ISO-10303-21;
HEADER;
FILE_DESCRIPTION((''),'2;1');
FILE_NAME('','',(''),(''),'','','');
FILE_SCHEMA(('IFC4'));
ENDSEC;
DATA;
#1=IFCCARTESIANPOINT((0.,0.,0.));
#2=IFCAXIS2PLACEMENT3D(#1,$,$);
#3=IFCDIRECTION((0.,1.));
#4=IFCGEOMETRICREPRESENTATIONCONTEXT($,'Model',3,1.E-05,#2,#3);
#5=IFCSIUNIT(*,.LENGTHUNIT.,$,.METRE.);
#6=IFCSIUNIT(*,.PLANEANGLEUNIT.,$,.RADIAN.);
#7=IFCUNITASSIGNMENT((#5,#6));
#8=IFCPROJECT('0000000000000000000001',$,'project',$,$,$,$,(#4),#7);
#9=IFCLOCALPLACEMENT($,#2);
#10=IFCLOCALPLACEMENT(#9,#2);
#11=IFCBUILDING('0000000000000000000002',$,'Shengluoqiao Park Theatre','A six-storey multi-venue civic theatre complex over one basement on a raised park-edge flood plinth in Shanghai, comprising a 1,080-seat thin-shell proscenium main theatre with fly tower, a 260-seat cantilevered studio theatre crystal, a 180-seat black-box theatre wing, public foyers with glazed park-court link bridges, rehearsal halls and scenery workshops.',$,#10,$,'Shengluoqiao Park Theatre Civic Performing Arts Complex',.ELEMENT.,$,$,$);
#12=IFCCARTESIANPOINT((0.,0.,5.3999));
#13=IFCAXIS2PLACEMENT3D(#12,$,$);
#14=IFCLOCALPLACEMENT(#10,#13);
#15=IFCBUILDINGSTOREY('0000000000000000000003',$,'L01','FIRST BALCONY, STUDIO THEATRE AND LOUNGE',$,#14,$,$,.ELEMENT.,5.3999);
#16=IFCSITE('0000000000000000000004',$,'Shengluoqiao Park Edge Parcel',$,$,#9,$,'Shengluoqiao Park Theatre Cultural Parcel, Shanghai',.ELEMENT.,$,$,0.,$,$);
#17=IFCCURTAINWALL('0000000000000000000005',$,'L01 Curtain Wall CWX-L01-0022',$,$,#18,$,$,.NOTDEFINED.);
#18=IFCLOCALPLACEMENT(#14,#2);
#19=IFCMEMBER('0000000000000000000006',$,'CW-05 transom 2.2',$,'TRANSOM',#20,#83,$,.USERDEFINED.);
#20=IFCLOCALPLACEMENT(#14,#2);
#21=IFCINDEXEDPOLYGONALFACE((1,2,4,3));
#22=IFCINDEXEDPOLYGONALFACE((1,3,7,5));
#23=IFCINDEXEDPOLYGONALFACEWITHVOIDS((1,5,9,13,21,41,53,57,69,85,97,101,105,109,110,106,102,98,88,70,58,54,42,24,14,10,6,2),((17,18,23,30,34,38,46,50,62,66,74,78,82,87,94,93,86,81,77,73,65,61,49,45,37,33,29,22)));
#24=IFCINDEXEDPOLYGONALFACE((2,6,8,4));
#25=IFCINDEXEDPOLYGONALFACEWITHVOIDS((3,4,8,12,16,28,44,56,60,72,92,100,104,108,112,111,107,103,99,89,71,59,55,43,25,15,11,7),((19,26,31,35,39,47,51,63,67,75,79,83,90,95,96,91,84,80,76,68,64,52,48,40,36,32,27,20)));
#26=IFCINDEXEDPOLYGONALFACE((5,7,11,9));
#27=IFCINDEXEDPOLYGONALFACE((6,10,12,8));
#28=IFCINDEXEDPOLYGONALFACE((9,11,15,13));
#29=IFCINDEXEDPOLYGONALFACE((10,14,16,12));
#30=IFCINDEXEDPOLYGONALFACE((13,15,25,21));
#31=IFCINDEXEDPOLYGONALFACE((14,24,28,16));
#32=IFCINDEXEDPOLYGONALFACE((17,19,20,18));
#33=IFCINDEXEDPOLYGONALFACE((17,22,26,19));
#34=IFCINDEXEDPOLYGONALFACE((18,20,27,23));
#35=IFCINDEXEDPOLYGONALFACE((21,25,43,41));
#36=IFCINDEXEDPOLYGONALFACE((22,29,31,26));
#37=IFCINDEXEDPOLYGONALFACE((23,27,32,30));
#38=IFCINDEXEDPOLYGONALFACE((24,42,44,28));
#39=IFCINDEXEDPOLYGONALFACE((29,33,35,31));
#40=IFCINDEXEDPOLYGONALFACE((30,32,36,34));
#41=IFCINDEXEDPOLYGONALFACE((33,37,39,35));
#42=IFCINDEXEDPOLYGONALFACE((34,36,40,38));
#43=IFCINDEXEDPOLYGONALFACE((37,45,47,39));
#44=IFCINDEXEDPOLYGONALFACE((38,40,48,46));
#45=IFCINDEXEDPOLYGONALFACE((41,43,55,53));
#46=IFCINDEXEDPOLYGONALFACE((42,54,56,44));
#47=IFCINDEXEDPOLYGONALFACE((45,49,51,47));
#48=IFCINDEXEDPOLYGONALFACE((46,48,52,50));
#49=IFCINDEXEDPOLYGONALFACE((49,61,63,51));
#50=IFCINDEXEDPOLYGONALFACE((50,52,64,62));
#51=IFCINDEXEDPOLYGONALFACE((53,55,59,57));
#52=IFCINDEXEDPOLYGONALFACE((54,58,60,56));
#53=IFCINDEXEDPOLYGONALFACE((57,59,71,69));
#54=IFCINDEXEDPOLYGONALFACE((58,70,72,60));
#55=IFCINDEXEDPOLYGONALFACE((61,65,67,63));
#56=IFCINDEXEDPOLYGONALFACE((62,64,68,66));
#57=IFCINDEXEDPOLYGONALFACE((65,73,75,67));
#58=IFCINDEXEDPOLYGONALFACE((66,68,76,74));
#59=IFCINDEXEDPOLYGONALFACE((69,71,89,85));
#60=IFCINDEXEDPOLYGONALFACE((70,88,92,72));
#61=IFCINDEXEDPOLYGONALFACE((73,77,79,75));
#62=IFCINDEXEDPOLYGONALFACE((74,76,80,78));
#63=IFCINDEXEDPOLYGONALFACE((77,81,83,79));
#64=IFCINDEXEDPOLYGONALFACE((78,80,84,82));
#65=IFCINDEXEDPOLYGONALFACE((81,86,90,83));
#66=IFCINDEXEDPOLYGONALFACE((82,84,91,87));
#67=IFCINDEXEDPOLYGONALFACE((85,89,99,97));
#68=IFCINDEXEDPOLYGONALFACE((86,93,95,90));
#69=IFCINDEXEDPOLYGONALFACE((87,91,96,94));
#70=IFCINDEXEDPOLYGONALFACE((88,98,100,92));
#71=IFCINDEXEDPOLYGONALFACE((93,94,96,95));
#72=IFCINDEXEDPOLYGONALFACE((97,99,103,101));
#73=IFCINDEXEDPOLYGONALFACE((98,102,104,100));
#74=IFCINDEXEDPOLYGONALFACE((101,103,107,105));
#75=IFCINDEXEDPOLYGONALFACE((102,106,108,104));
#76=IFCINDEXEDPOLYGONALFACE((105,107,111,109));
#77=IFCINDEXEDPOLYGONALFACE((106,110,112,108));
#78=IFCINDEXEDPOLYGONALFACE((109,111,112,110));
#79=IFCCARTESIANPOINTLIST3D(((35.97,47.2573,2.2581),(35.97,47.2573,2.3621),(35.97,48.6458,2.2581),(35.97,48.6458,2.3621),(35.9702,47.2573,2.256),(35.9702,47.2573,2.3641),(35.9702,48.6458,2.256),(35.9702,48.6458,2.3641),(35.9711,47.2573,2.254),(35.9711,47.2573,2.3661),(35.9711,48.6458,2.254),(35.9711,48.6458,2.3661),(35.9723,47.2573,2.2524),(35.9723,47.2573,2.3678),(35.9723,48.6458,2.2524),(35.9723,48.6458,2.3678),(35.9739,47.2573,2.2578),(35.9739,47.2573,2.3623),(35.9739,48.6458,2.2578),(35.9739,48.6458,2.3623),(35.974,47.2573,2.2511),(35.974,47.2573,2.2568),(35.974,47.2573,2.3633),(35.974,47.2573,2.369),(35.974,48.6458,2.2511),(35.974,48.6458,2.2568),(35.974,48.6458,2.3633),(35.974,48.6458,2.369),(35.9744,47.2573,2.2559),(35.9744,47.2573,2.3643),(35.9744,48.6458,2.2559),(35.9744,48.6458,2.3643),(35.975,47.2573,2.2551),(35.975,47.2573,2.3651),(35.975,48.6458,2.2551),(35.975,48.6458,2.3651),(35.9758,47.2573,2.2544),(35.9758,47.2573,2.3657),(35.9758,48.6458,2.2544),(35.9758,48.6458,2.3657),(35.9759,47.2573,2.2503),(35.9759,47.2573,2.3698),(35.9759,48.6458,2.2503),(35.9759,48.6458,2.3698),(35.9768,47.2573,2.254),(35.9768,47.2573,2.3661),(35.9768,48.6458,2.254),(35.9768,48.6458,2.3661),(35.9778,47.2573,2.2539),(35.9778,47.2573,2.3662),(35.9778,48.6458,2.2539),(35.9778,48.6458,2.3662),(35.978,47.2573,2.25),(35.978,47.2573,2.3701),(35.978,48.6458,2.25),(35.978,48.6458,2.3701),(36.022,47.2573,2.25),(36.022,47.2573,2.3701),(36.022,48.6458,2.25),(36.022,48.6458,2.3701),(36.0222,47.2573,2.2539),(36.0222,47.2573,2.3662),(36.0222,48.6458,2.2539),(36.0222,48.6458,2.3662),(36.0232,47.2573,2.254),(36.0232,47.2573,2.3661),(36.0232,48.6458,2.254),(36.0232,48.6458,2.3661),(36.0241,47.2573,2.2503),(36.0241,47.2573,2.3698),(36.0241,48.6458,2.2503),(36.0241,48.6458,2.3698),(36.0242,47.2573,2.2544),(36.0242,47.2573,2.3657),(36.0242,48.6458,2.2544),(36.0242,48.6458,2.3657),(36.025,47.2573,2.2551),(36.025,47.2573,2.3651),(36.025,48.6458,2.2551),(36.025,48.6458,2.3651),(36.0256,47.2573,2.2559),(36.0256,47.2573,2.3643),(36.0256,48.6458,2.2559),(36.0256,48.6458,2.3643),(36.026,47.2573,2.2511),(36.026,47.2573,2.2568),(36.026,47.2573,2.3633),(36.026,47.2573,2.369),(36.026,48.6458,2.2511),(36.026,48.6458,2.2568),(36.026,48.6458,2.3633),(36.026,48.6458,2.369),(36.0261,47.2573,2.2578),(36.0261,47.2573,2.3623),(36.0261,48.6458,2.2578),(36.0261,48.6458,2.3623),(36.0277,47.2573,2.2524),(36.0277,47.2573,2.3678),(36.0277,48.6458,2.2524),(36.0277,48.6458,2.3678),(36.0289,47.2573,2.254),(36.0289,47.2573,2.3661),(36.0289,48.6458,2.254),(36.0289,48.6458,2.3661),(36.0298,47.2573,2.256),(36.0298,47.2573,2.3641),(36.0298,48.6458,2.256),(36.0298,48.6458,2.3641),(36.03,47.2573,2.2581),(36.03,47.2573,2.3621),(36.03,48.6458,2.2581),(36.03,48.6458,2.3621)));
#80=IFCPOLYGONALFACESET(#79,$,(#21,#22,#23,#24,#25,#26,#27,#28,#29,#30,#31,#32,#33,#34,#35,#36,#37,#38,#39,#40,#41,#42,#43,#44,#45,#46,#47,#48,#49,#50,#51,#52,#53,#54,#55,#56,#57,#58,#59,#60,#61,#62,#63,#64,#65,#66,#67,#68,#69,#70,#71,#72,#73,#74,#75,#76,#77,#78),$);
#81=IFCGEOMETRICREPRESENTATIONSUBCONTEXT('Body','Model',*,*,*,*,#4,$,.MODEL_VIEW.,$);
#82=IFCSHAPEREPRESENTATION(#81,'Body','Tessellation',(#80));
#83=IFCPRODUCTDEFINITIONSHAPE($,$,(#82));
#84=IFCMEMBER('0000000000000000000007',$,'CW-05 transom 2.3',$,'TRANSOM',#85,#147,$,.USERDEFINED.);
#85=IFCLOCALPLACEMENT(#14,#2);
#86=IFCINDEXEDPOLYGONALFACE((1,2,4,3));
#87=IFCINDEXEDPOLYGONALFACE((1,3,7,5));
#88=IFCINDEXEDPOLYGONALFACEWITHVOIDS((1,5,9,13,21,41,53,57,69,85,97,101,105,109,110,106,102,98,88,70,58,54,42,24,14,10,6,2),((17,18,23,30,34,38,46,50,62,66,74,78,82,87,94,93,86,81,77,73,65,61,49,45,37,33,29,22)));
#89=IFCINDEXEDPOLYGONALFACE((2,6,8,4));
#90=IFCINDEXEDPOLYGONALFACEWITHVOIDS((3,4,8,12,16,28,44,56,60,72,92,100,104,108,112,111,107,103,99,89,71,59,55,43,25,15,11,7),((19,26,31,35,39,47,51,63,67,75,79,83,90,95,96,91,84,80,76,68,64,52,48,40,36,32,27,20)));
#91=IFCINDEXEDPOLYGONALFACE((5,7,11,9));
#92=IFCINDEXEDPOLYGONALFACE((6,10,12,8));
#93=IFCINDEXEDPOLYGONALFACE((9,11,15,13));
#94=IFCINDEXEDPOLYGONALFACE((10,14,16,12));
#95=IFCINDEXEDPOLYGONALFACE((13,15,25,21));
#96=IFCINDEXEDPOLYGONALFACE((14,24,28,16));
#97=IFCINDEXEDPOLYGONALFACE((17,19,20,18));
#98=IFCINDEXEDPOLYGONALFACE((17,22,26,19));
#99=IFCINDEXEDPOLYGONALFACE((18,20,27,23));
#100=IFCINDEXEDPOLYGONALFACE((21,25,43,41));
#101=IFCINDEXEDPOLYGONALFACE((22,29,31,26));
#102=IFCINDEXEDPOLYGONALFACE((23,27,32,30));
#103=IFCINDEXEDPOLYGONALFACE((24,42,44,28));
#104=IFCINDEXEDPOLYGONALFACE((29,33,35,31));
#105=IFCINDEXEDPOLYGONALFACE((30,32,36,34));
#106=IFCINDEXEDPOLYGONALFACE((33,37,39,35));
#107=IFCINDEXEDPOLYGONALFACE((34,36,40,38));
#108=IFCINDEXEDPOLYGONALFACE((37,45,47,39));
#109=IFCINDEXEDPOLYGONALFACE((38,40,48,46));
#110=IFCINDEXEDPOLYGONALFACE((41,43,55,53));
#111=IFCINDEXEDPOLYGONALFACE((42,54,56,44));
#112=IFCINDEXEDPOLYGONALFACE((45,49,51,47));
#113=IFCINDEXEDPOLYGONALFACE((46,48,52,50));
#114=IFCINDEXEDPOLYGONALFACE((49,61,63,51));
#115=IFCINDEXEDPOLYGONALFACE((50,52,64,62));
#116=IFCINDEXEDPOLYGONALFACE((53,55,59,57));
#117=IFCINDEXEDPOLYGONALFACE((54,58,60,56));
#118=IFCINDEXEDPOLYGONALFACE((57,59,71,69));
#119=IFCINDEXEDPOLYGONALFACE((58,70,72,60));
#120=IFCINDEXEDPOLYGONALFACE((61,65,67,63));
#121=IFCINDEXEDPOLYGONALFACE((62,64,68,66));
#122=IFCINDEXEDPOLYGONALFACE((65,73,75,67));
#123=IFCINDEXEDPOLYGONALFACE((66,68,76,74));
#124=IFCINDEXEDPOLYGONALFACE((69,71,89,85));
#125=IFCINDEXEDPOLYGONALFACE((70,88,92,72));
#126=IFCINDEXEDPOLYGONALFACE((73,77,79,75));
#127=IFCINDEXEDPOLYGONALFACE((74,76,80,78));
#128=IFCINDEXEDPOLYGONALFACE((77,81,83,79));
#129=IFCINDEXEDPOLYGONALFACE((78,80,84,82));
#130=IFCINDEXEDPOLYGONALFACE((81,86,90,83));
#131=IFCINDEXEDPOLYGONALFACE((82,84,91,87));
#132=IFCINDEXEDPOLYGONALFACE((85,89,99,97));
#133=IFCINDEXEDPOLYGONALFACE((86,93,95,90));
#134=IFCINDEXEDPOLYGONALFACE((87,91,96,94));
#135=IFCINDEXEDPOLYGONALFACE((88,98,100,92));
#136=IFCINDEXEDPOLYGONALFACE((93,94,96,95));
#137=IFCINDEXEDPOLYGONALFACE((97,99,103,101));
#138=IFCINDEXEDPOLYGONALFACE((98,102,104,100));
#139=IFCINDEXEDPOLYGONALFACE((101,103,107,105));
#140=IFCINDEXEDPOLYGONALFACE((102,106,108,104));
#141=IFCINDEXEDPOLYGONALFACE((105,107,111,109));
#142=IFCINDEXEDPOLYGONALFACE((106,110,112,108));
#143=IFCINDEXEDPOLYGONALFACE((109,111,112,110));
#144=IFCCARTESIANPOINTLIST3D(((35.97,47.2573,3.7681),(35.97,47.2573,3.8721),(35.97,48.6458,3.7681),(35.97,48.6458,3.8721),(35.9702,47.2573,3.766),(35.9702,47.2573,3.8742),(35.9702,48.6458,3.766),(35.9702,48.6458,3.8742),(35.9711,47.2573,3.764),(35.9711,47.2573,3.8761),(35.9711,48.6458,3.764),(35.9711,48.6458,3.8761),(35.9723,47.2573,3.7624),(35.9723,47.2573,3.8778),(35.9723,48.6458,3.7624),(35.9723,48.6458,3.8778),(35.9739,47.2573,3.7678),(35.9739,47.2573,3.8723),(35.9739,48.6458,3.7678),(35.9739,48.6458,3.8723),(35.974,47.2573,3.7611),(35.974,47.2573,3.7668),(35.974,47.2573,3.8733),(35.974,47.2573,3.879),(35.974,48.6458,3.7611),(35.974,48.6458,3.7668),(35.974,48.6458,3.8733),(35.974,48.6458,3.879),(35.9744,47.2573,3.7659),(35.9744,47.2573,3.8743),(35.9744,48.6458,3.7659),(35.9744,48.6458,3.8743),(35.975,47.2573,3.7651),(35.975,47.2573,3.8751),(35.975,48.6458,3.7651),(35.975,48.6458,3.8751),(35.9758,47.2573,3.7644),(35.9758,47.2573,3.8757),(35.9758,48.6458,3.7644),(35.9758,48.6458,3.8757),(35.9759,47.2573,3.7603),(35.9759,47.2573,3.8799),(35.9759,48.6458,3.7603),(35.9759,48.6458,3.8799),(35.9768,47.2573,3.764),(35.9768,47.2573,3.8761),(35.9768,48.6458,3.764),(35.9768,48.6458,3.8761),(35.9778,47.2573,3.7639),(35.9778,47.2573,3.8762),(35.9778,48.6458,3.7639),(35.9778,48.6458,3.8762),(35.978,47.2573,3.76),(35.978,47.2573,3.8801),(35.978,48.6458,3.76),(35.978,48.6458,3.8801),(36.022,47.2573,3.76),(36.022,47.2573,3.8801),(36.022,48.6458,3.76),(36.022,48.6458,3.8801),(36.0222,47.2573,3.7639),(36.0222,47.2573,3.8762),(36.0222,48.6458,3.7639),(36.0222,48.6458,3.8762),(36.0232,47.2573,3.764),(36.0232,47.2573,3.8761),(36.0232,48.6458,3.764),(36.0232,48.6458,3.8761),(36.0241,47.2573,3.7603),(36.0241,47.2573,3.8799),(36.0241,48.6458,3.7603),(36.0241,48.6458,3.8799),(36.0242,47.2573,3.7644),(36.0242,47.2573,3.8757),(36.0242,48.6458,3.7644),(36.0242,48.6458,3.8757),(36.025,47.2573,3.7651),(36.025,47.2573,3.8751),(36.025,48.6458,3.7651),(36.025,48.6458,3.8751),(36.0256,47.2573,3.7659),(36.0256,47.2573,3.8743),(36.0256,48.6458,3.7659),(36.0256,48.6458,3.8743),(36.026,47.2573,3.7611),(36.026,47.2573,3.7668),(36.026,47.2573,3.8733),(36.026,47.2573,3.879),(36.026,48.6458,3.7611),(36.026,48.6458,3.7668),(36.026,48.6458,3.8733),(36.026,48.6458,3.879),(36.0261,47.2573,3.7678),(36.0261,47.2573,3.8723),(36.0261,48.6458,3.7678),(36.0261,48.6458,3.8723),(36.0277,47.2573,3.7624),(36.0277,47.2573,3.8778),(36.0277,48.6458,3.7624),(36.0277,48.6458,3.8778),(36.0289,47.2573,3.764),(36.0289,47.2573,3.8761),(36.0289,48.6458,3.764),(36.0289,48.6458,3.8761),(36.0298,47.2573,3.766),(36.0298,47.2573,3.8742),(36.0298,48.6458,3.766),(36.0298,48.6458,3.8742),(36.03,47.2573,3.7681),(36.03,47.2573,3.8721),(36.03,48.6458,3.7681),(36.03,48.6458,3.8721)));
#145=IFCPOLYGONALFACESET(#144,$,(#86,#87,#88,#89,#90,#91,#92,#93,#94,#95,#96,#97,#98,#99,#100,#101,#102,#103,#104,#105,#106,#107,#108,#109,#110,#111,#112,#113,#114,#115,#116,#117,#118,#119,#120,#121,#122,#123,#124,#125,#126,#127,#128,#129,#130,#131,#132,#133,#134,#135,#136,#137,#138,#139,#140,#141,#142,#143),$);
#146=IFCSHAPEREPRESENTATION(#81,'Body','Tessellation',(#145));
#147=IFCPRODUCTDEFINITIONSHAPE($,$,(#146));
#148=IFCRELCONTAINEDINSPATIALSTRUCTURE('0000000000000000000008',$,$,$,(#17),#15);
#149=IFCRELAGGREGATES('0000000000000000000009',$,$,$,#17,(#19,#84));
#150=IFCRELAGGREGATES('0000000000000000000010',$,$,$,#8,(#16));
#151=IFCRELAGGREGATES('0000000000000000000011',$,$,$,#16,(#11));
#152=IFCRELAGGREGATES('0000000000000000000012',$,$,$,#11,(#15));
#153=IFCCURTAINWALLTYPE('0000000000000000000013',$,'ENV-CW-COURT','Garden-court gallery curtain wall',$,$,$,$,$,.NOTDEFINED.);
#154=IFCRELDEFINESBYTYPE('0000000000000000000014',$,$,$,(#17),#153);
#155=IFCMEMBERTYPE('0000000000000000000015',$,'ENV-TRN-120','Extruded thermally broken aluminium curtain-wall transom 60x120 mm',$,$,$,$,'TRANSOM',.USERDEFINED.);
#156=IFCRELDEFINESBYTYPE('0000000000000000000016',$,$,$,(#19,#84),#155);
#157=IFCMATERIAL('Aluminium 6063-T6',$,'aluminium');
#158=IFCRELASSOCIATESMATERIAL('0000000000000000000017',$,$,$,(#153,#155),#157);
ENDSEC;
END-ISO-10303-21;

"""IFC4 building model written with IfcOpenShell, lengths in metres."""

from ifc_helpers import new_model, si_unit, direction, frame, origin, origin_2d, place, context, subcontext, project, spatial, hollow_rectangle, extrude, material, material_profile, profile_set, type_object, element, aggregate, save


model = new_model("IFC4")

# Units and contexts
model_context = context("Model", 3, precision=1e-05, world=origin(), true_north=direction((0.0, 1.0)))
body_context = subcontext(model_context, "Body", "Model", "MODEL_VIEW")
ifc_project = project(units=[si_unit("LENGTHUNIT", "METRE"), si_unit("PLANEANGLEUNIT", "RADIAN")], contexts=[model_context])

# Site, building, storey
site_placement = place(None, origin())
site = spatial("IfcSite", under=ifc_project, at=site_placement, Name="Shengluoqiao Park Edge Parcel", LongName="Shengluoqiao Park Theatre Cultural Parcel, Shanghai", CompositionType="ELEMENT", RefElevation=0.0)
building_placement = place(site_placement, origin())
building = spatial("IfcBuilding", under=site, at=building_placement, Name="Shengluoqiao Park Theatre", Description="A six-storey multi-venue civic theatre complex over one basement on a raised park-edge flood plinth in Shanghai, comprising a 1,080-seat thin-shell proscenium main theatre with fly tower, a 260-seat cantilevered studio theatre crystal, a 180-seat black-box theatre wing, public foyers with glazed park-court link bridges, rehearsal halls and scenery workshops.", LongName="Shengluoqiao Park Theatre Civic Performing Arts Complex", CompositionType="ELEMENT")
storey_placement = place(building_placement, frame((0.0, 0.0, 5.3999)))
storey = spatial("IfcBuildingStorey", under=building, at=storey_placement, Name="L01", Description="FIRST BALCONY, STUDIO THEATRE AND LOUNGE", CompositionType="ELEMENT", Elevation=5.3999)

# Curtain wall
ifc_material_1 = material(Name="Aluminium 6063-T6", Category="aluminium")
curtain_wall_type_1 = type_object("IfcCurtainWallType", Name="ENV-CW-COURT", Description="Garden-court gallery curtain wall", PredefinedType="NOTDEFINED", material=ifc_material_1)
curtain_wall_1_placement = place(storey_placement, origin())
curtain_wall_1 = element("IfcCurtainWall", 1, at=curtain_wall_1_placement, inside=storey, type_object=curtain_wall_type_1, Name="L01 Curtain Wall CWX-L01-0022", PredefinedType="NOTDEFINED")

# Members
ifc_material_profile_1 = material_profile(ifc_material_1, hollow_rectangle(XDim=0.0601, YDim=0.1201, WallThickness=0.0039, InnerFilletRadius=0.0039, OuterFilletRadius=0.0081, at=origin_2d()), Name="ALU TRANSOM 120x60x4")
ifc_profile_set_1 = profile_set([ifc_material_profile_1], Name="Aluminium 6063-T6")
member_type_1 = type_object("IfcMemberType", Name="ENV-TRN-120", Description="Extruded thermally broken aluminium curtain-wall transom 60x120 mm", ElementType="TRANSOM", PredefinedType="USERDEFINED", material=ifc_profile_set_1)
member_1_placement = place(storey_placement, frame((36.0, 47.2573, 2.3101), z_axis=(0.0, 1.0, 0.0), x_axis=(-1.0, 0.0, 0.0)))
member_1 = element("IfcMember", 2, at=member_1_placement, type_object=member_type_1, Name="CW-05 transom 2.2", ObjectType="TRANSOM", PredefinedType="USERDEFINED", context=body_context, shape_type="SweptSolid", body=[
    extrude(hollow_rectangle(XDim=0.0601, YDim=0.1201, WallThickness=0.0039, InnerFilletRadius=0.0039, OuterFilletRadius=0.0081, at=origin_2d()), origin(), (0.0, 0.0, 1.0), 1.3884),
])
member_2_placement = place(storey_placement, frame((36.0, 47.2573, 3.8201), z_axis=(0.0, 1.0, 0.0), x_axis=(-1.0, 0.0, 0.0)))
member_2 = element("IfcMember", 3, at=member_2_placement, type_object=member_type_1, Name="CW-05 transom 2.3", ObjectType="TRANSOM", PredefinedType="USERDEFINED", context=body_context, shape_type="SweptSolid", body=[
    extrude(hollow_rectangle(XDim=0.0601, YDim=0.1201, WallThickness=0.0039, InnerFilletRadius=0.0039, OuterFilletRadius=0.0081, at=origin_2d()), origin(), (0.0, 0.0, 1.0), 1.3884),
])

aggregate(curtain_wall_1, [member_1, member_2])

save(model, "model.ifc")
